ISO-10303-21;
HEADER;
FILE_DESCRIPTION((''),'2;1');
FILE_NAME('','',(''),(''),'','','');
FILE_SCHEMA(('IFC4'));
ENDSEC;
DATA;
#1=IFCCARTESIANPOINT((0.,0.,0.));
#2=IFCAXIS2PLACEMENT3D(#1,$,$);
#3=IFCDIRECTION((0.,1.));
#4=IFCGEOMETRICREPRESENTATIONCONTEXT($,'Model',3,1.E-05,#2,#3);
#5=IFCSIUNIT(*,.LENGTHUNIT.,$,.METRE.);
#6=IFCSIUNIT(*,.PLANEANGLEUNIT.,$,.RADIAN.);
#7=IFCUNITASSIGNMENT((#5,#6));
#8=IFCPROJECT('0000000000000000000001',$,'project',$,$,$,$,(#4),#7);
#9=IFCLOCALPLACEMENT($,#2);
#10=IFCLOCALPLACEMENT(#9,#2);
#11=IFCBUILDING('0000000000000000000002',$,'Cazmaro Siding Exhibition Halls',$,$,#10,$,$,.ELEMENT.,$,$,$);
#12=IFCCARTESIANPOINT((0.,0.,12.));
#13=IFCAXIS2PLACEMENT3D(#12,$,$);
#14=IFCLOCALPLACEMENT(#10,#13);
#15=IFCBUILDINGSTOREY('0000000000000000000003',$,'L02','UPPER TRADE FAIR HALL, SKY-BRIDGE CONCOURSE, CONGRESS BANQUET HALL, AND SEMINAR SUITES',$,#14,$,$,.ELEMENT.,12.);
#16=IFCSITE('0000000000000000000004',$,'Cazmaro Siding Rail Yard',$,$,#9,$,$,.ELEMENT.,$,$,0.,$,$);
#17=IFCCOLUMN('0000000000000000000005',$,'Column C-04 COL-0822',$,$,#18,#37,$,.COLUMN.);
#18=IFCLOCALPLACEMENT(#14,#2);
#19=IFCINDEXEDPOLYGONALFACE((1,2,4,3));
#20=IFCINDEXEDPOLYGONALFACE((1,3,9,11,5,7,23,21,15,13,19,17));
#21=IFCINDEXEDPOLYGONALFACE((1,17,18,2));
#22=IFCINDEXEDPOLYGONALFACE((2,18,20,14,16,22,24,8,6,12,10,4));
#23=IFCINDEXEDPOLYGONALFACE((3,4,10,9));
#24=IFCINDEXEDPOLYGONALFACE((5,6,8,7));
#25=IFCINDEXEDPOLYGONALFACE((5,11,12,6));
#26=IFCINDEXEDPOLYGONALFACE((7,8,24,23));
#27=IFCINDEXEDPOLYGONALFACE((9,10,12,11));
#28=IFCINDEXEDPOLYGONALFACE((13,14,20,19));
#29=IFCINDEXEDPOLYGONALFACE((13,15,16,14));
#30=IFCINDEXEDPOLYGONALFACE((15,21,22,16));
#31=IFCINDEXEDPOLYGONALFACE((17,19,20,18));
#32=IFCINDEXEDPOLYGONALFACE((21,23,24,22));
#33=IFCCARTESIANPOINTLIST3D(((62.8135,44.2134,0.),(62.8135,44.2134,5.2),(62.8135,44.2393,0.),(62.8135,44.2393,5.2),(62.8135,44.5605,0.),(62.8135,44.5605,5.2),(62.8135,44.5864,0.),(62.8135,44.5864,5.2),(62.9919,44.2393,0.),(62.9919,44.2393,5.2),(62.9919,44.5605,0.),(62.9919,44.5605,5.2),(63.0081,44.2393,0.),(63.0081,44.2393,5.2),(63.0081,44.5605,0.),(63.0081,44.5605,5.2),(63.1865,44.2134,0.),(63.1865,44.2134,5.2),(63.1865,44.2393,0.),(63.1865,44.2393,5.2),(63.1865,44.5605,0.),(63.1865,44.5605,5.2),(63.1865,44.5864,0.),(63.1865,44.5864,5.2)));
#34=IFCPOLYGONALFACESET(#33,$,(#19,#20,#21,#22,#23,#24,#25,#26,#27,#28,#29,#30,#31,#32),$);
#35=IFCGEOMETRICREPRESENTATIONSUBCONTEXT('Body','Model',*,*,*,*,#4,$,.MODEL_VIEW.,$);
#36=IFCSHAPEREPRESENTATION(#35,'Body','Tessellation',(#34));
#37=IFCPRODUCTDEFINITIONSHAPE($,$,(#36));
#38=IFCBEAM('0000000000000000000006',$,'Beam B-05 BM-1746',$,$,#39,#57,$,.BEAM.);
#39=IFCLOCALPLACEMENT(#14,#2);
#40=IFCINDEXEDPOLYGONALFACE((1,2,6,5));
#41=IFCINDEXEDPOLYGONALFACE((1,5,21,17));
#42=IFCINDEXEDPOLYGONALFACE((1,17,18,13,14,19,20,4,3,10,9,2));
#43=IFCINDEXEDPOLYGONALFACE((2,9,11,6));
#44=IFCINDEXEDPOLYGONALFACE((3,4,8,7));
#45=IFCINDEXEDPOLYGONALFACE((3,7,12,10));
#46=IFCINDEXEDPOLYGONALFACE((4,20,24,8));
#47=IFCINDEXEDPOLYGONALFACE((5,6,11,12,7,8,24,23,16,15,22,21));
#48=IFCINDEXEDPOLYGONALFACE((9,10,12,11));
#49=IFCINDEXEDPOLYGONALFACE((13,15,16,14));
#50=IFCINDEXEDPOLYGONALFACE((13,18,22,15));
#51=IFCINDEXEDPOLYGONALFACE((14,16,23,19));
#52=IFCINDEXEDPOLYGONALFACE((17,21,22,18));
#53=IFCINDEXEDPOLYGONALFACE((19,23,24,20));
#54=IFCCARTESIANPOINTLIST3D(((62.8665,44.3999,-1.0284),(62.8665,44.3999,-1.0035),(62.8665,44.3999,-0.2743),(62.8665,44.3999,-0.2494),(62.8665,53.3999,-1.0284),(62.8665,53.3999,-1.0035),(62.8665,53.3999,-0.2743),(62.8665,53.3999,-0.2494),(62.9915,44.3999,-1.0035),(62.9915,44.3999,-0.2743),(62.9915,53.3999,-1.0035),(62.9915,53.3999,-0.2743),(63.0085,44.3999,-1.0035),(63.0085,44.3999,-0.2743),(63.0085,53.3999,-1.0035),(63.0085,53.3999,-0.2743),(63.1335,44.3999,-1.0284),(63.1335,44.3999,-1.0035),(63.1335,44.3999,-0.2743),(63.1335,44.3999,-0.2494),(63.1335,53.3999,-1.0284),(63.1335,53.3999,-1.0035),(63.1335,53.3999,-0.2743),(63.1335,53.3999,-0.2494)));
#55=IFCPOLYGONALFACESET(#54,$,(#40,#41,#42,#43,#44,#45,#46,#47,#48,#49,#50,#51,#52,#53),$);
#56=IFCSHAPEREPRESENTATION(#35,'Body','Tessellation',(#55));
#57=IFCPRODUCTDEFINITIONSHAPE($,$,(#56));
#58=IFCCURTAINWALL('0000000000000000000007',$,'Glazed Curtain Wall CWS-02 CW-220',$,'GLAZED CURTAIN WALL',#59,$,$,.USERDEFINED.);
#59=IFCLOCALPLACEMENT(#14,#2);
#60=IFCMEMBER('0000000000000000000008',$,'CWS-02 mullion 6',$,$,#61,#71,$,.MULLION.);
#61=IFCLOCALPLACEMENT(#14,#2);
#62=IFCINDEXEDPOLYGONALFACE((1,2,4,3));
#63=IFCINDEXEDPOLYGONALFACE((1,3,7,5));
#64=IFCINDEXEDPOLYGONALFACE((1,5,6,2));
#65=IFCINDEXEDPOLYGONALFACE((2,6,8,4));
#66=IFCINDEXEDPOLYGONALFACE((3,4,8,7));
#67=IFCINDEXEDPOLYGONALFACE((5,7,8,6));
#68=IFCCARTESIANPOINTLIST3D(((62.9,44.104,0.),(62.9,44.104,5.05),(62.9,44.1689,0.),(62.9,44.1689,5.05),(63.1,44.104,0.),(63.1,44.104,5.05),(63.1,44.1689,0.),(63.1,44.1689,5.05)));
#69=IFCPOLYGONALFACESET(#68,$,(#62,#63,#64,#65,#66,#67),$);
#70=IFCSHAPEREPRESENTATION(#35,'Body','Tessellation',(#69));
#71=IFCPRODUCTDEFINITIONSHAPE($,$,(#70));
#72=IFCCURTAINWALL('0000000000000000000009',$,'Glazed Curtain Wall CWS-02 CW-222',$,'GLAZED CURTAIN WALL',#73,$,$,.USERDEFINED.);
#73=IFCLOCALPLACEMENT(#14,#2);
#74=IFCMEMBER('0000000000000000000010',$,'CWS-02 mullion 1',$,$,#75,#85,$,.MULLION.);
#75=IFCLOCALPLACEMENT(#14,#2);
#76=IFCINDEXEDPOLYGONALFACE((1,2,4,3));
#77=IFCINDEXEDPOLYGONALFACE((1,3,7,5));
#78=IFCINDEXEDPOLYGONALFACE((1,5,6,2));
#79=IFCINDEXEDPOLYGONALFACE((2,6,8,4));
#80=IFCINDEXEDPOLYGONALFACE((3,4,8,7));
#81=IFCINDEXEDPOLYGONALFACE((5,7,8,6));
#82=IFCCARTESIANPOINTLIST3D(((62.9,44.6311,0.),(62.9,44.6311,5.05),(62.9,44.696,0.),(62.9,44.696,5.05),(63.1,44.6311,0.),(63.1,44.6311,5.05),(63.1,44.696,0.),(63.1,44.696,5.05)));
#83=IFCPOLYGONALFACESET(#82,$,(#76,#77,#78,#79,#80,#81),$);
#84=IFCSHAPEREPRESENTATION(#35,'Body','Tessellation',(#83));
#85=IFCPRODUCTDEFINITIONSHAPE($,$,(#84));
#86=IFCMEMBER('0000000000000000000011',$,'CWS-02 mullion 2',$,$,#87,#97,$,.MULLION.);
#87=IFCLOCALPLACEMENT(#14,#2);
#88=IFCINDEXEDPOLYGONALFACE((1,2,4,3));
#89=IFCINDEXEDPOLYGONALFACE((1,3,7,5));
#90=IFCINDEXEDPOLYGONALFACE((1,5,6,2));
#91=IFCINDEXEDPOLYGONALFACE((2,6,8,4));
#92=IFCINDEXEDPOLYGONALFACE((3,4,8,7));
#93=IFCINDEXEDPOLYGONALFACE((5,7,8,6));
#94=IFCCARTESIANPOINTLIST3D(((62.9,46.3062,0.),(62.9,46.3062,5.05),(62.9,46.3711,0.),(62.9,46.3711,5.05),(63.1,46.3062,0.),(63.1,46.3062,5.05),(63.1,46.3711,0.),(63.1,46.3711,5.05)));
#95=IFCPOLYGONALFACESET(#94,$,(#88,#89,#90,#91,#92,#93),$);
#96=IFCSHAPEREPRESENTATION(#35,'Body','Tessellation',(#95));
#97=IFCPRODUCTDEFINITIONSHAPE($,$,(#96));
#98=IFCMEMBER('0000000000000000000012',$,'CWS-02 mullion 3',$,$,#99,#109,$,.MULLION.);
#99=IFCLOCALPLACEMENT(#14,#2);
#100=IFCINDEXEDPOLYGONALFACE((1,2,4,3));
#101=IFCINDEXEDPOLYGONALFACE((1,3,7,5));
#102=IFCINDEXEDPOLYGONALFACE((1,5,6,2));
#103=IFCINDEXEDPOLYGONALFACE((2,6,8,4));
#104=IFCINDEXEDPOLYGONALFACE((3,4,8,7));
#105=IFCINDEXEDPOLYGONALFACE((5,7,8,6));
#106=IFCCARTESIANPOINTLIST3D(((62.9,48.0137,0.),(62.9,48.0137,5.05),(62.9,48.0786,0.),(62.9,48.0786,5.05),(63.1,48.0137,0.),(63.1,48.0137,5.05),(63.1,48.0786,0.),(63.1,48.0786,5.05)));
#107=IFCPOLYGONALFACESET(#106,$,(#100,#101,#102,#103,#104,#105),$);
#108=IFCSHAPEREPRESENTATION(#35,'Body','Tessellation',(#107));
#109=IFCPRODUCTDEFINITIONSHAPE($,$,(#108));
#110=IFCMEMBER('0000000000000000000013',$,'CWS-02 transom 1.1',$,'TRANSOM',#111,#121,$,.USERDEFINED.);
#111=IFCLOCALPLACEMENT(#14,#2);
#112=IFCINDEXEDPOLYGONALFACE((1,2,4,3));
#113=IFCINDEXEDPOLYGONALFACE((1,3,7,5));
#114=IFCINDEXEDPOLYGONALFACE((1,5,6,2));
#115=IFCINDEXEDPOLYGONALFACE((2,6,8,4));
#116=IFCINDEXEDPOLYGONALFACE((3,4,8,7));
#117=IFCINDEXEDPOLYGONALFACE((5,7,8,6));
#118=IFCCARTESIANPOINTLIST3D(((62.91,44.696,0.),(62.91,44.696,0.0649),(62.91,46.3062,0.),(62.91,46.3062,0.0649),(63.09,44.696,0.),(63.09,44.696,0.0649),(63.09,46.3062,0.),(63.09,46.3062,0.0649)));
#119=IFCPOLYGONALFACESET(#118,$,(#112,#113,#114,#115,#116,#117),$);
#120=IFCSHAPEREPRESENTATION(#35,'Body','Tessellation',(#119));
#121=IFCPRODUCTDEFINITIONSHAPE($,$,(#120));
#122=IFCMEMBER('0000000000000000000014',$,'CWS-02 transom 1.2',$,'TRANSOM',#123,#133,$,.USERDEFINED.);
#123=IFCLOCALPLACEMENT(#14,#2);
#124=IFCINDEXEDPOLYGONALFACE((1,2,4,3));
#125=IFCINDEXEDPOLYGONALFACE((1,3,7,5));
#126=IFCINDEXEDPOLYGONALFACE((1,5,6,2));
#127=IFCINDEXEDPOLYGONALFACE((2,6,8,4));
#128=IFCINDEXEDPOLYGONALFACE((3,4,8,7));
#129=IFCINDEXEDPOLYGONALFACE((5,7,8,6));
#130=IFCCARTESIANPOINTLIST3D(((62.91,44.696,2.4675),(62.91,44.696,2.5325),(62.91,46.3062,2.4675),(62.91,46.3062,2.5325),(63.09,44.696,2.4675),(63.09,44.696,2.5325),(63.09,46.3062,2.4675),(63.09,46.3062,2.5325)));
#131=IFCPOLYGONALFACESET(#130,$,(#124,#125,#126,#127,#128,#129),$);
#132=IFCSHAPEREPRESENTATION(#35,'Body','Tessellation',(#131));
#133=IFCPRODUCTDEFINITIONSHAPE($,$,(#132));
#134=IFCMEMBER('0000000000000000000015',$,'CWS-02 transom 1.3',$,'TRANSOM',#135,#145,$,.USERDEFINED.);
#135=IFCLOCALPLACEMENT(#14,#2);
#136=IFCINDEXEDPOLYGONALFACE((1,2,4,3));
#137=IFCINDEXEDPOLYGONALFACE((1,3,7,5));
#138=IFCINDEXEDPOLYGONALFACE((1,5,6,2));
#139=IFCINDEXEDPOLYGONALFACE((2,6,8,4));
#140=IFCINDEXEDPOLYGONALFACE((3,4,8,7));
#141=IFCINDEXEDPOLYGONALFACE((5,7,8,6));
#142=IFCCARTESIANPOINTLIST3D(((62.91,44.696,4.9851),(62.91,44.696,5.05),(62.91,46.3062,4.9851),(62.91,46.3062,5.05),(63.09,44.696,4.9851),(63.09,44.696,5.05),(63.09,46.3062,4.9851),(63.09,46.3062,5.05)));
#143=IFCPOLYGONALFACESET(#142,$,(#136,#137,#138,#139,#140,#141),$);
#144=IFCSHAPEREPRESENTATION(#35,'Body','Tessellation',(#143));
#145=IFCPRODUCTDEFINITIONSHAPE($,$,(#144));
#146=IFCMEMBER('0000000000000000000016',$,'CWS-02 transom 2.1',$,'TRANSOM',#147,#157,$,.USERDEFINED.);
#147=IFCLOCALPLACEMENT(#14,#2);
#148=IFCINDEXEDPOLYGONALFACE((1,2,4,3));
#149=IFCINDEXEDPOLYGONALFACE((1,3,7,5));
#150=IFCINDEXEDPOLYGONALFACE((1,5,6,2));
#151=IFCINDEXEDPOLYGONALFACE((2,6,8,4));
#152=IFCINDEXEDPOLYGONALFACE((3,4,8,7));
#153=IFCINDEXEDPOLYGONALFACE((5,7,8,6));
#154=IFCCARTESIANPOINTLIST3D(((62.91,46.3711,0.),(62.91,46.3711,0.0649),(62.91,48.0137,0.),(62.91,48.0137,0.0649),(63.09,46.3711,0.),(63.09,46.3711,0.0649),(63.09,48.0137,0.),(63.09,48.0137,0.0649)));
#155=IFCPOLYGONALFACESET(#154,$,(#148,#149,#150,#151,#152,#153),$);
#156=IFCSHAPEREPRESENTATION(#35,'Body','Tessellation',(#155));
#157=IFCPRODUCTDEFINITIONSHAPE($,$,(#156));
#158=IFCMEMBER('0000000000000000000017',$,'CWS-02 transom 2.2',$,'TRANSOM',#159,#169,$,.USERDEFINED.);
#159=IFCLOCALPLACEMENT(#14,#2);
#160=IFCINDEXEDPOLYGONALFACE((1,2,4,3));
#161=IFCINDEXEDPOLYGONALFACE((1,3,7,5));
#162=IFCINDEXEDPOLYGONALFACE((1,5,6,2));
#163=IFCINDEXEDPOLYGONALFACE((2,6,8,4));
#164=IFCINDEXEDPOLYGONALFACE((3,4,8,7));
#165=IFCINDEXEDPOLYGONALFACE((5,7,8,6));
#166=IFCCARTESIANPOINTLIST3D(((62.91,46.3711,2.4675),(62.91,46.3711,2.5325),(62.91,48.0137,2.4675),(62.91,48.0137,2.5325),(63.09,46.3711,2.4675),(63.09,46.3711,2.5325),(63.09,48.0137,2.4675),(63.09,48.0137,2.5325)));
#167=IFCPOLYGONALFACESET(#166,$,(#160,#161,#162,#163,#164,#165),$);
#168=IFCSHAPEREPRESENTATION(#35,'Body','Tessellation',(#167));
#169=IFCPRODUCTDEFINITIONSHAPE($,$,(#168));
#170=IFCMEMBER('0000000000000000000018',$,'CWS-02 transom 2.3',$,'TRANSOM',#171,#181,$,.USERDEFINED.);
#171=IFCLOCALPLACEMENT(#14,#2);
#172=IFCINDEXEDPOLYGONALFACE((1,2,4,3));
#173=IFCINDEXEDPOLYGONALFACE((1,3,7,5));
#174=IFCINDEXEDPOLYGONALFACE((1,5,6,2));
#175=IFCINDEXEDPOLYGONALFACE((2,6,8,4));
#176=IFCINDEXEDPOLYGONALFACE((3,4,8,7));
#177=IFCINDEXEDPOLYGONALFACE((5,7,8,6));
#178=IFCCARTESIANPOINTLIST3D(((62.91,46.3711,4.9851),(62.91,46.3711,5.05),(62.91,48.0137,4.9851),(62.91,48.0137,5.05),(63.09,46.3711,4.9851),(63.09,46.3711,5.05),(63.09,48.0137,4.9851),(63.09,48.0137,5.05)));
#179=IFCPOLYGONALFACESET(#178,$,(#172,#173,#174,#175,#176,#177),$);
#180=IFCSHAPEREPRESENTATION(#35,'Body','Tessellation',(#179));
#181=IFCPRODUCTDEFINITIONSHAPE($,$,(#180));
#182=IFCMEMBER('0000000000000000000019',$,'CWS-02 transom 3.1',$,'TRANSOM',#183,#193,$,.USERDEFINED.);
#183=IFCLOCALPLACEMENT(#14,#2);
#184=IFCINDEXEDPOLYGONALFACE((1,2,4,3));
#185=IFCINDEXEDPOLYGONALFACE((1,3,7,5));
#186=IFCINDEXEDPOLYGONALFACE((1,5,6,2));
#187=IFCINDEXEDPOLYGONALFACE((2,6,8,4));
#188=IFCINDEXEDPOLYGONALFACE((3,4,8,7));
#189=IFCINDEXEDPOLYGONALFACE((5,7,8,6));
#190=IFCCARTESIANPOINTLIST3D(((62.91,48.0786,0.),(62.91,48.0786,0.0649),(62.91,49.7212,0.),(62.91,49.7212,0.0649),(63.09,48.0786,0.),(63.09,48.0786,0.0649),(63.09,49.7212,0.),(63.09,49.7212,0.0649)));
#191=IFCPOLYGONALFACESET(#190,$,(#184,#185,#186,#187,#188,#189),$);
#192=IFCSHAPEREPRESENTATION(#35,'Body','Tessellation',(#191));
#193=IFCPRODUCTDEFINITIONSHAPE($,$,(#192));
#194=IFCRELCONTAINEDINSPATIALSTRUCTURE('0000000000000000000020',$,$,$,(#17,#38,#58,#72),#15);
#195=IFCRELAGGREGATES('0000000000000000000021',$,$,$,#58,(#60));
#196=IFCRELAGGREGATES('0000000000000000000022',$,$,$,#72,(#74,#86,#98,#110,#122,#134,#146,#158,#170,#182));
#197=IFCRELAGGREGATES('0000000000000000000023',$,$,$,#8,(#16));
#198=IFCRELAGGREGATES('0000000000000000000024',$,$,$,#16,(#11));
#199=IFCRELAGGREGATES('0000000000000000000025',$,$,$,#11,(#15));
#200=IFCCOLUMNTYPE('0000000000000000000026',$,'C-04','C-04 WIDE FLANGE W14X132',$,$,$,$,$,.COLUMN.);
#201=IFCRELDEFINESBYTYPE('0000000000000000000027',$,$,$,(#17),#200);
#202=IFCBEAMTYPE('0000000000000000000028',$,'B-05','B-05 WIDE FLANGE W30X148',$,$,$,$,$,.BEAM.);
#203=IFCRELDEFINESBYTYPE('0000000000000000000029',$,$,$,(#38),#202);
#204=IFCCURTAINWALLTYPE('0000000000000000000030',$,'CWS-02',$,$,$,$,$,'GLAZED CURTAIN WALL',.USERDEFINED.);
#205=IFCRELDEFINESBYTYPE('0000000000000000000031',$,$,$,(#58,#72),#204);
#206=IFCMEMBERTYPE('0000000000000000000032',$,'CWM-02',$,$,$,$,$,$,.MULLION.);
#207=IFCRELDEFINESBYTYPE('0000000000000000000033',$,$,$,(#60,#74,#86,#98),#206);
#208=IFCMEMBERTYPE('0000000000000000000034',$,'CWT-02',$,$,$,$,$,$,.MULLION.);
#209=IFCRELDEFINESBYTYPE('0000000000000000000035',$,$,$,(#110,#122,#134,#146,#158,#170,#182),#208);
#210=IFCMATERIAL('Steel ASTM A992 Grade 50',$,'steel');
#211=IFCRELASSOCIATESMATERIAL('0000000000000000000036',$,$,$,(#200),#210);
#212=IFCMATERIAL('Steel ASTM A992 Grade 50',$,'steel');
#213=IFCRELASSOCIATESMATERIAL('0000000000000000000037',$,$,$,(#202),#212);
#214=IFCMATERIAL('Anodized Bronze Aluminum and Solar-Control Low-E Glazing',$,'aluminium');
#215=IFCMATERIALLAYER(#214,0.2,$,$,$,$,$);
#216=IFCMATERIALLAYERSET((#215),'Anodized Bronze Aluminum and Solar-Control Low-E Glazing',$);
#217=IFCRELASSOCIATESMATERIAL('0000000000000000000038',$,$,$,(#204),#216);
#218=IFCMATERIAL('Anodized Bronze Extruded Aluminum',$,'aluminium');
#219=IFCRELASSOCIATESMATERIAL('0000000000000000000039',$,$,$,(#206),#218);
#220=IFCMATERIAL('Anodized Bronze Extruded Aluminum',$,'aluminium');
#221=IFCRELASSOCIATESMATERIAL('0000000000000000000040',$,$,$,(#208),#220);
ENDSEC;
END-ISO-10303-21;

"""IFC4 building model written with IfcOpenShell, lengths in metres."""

from ifc_helpers import new_model, si_unit, direction, frame, origin, origin_2d, place, context, subcontext, project, spatial, rectangle, i_section, extrude, material, layer, layer_set, material_profile, profile_set, type_object, element, aggregate, save


model = new_model("IFC4")

# Units and contexts
model_context = context("Model", 3, precision=1e-05, world=origin(), true_north=direction((0.0, 1.0)))
body_context = subcontext(model_context, "Body", "Model", "MODEL_VIEW")
ifc_project = project(units=[si_unit("LENGTHUNIT", "METRE"), si_unit("PLANEANGLEUNIT", "RADIAN")], contexts=[model_context])

# Site, building, storey
site_placement = place(None, origin())
site = spatial("IfcSite", under=ifc_project, at=site_placement, Name="Cazmaro Siding Rail Yard", CompositionType="ELEMENT", RefElevation=0.0)
building_placement = place(site_placement, origin())
building = spatial("IfcBuilding", under=site, at=building_placement, Name="Cazmaro Siding Exhibition Halls", CompositionType="ELEMENT")
storey_placement = place(building_placement, frame((0.0, 0.0, 12.0)))
storey = spatial("IfcBuildingStorey", under=building, at=storey_placement, Name="L02", Description="UPPER TRADE FAIR HALL, SKY-BRIDGE CONCOURSE, CONGRESS BANQUET HALL, AND SEMINAR SUITES", CompositionType="ELEMENT", Elevation=12.0)

# Column
ifc_material_1 = material(Name="Steel ASTM A992 Grade 50", Category="steel")
ifc_material_profile_1 = material_profile(ifc_material_1, i_section(OverallWidth=0.373, OverallDepth=0.373, WebThickness=0.0161, FlangeThickness=0.0259, at=origin_2d()), Name="W14X132")
ifc_profile_set_1 = profile_set([ifc_material_profile_1], Name="Steel ASTM A992 Grade 50")
column_type = type_object("IfcColumnType", Name="C-04", Description="C-04 WIDE FLANGE W14X132", PredefinedType="COLUMN", material=ifc_profile_set_1)
column_placement = place(storey_placement, frame((63.0, 44.3999, 0.0), z_axis=(0.0, 0.0, 1.0), x_axis=(1.0, 0.0, 0.0)))
element("IfcColumn", 1, at=column_placement, inside=storey, type_object=column_type, Name="Column C-04 COL-0822", PredefinedType="COLUMN", context=body_context, shape_type="SweptSolid", body=[
    extrude(i_section(OverallWidth=0.373, OverallDepth=0.373, WebThickness=0.0161, FlangeThickness=0.0259, at=origin_2d()), origin(), (0.0, 0.0, 1.0), 5.2),
])

# Beam
ifc_material_2 = material(Name="Steel ASTM A992 Grade 50", Category="steel")
ifc_material_profile_2 = material_profile(ifc_material_2, i_section(OverallWidth=0.2671, OverallDepth=0.7791, WebThickness=0.0171, FlangeThickness=0.0249, at=origin_2d()), Name="W30X148")
ifc_profile_set_2 = profile_set([ifc_material_profile_2], Name="Steel ASTM A992 Grade 50")
beam_type = type_object("IfcBeamType", Name="B-05", Description="B-05 WIDE FLANGE W30X148", PredefinedType="BEAM", material=ifc_profile_set_2)
beam_placement = place(storey_placement, frame((63.0, 44.3999, -0.6389), z_axis=(0.0, 1.0, 0.0), x_axis=(-1.0, 0.0, 0.0)))
element("IfcBeam", 2, at=beam_placement, inside=storey, type_object=beam_type, Name="Beam B-05 BM-1746", PredefinedType="BEAM", context=body_context, shape_type="SweptSolid", body=[
    extrude(i_section(OverallWidth=0.2671, OverallDepth=0.7791, WebThickness=0.0171, FlangeThickness=0.0249, at=origin_2d()), origin(), (0.0, 0.0, 1.0), 9.0),
])

# Curtain wall, member
ifc_material_3 = material(Name="Anodized Bronze Aluminum and Solar-Control Low-E Glazing", Category="aluminium")
ifc_layer_1 = layer(ifc_material_3, 0.2)
ifc_layer_set_1 = layer_set([ifc_layer_1], Name="Anodized Bronze Aluminum and Solar-Control Low-E Glazing")
curtain_wall_type = type_object("IfcCurtainWallType", Name="CWS-02", ElementType="GLAZED CURTAIN WALL", PredefinedType="USERDEFINED", material=ifc_layer_set_1)
curtain_wall_1_placement = place(storey_placement, origin())
curtain_wall_1 = element("IfcCurtainWall", 3, at=curtain_wall_1_placement, inside=storey, type_object=curtain_wall_type, Name="Glazed Curtain Wall CWS-02 CW-220", ObjectType="GLAZED CURTAIN WALL", PredefinedType="USERDEFINED")
ifc_material_4 = material(Name="Anodized Bronze Extruded Aluminum", Category="aluminium")
ifc_material_profile_3 = material_profile(ifc_material_4, rectangle(XDim=0.2, YDim=0.0649, at=origin_2d()), Name="CWM-02")
ifc_profile_set_3 = profile_set([ifc_material_profile_3], Name="Anodized Bronze Extruded Aluminum")
member_type_1 = type_object("IfcMemberType", Name="CWM-02", PredefinedType="MULLION", material=ifc_profile_set_3)
member_1_placement = place(storey_placement, frame((63.0, 44.1365, 0.0), z_axis=(0.0, 0.0, 1.0), x_axis=(-1.0, 0.0, 0.0)))
member_1 = element("IfcMember", 4, at=member_1_placement, type_object=member_type_1, Name="CWS-02 mullion 6", PredefinedType="MULLION", context=body_context, shape_type="SweptSolid", body=[
    extrude(rectangle(XDim=0.2, YDim=0.0649, at=origin_2d()), origin(), (0.0, 0.0, 1.0), 5.05),
])

# Curtain wall, members
curtain_wall_2_placement = place(storey_placement, origin())
curtain_wall_2 = element("IfcCurtainWall", 5, at=curtain_wall_2_placement, inside=storey, type_object=curtain_wall_type, Name="Glazed Curtain Wall CWS-02 CW-222", ObjectType="GLAZED CURTAIN WALL", PredefinedType="USERDEFINED")
member_2_placement = place(storey_placement, frame((63.0, 44.6636, 0.0), z_axis=(0.0, 0.0, 1.0), x_axis=(-1.0, 0.0, 0.0)))
member_2 = element("IfcMember", 6, at=member_2_placement, type_object=member_type_1, Name="CWS-02 mullion 1", PredefinedType="MULLION", context=body_context, shape_type="SweptSolid", body=[
    extrude(rectangle(XDim=0.2, YDim=0.0649, at=origin_2d()), origin(), (0.0, 0.0, 1.0), 5.05),
])
member_3_placement = place(storey_placement, frame((63.0, 46.3386, 0.0), z_axis=(0.0, 0.0, 1.0), x_axis=(-1.0, 0.0, 0.0)))
member_3 = element("IfcMember", 7, at=member_3_placement, type_object=member_type_1, Name="CWS-02 mullion 2", PredefinedType="MULLION", context=body_context, shape_type="SweptSolid", body=[
    extrude(rectangle(XDim=0.2, YDim=0.0649, at=origin_2d()), origin(), (0.0, 0.0, 1.0), 5.05),
])
member_4_placement = place(storey_placement, frame((63.0, 48.0461, 0.0), z_axis=(0.0, 0.0, 1.0), x_axis=(-1.0, 0.0, 0.0)))
member_4 = element("IfcMember", 8, at=member_4_placement, type_object=member_type_1, Name="CWS-02 mullion 3", PredefinedType="MULLION", context=body_context, shape_type="SweptSolid", body=[
    extrude(rectangle(XDim=0.2, YDim=0.0649, at=origin_2d()), origin(), (0.0, 0.0, 1.0), 5.05),
])
ifc_material_5 = material(Name="Anodized Bronze Extruded Aluminum", Category="aluminium")
ifc_material_profile_4 = material_profile(ifc_material_5, rectangle(XDim=0.1799, YDim=0.0649, at=origin_2d()), Name="CWT-02")
ifc_profile_set_4 = profile_set([ifc_material_profile_4], Name="Anodized Bronze Extruded Aluminum")
member_type_2 = type_object("IfcMemberType", Name="CWT-02", PredefinedType="MULLION", material=ifc_profile_set_4)
member_5_placement = place(storey_placement, frame((63.0, 44.696, 0.0325), z_axis=(0.0, 1.0, 0.0), x_axis=(-1.0, 0.0, 0.0)))
member_5 = element("IfcMember", 9, at=member_5_placement, type_object=member_type_2, Name="CWS-02 transom 1.1", ObjectType="TRANSOM", PredefinedType="USERDEFINED", context=body_context, shape_type="SweptSolid", body=[
    extrude(rectangle(XDim=0.1799, YDim=0.0649, at=origin_2d()), origin(), (0.0, 0.0, 1.0), 1.6101),
])
member_6_placement = place(storey_placement, frame((63.0, 44.696, 2.5), z_axis=(0.0, 1.0, 0.0), x_axis=(-1.0, 0.0, 0.0)))
member_6 = element("IfcMember", 10, at=member_6_placement, type_object=member_type_2, Name="CWS-02 transom 1.2", ObjectType="TRANSOM", PredefinedType="USERDEFINED", context=body_context, shape_type="SweptSolid", body=[
    extrude(rectangle(XDim=0.1799, YDim=0.0649, at=origin_2d()), origin(), (0.0, 0.0, 1.0), 1.6101),
])
member_7_placement = place(storey_placement, frame((63.0, 44.696, 5.0176), z_axis=(0.0, 1.0, 0.0), x_axis=(-1.0, 0.0, 0.0)))
member_7 = element("IfcMember", 11, at=member_7_placement, type_object=member_type_2, Name="CWS-02 transom 1.3", ObjectType="TRANSOM", PredefinedType="USERDEFINED", context=body_context, shape_type="SweptSolid", body=[
    extrude(rectangle(XDim=0.1799, YDim=0.0649, at=origin_2d()), origin(), (0.0, 0.0, 1.0), 1.6101),
])
member_8_placement = place(storey_placement, frame((63.0, 46.3711, 0.0325), z_axis=(0.0, 1.0, 0.0), x_axis=(-1.0, 0.0, 0.0)))
member_8 = element("IfcMember", 12, at=member_8_placement, type_object=member_type_2, Name="CWS-02 transom 2.1", ObjectType="TRANSOM", PredefinedType="USERDEFINED", context=body_context, shape_type="SweptSolid", body=[
    extrude(rectangle(XDim=0.1799, YDim=0.0649, at=origin_2d()), origin(), (0.0, 0.0, 1.0), 1.6426),
])
member_9_placement = place(storey_placement, frame((63.0, 46.3711, 2.5), z_axis=(0.0, 1.0, 0.0), x_axis=(-1.0, 0.0, 0.0)))
member_9 = element("IfcMember", 13, at=member_9_placement, type_object=member_type_2, Name="CWS-02 transom 2.2", ObjectType="TRANSOM", PredefinedType="USERDEFINED", context=body_context, shape_type="SweptSolid", body=[
    extrude(rectangle(XDim=0.1799, YDim=0.0649, at=origin_2d()), origin(), (0.0, 0.0, 1.0), 1.6426),
])
member_10_placement = place(storey_placement, frame((63.0, 46.3711, 5.0176), z_axis=(0.0, 1.0, 0.0), x_axis=(-1.0, 0.0, 0.0)))
member_10 = element("IfcMember", 14, at=member_10_placement, type_object=member_type_2, Name="CWS-02 transom 2.3", ObjectType="TRANSOM", PredefinedType="USERDEFINED", context=body_context, shape_type="SweptSolid", body=[
    extrude(rectangle(XDim=0.1799, YDim=0.0649, at=origin_2d()), origin(), (0.0, 0.0, 1.0), 1.6426),
])
member_11_placement = place(storey_placement, frame((63.0, 48.0786, 0.0325), z_axis=(0.0, 1.0, 0.0), x_axis=(-1.0, 0.0, 0.0)))
member_11 = element("IfcMember", 15, at=member_11_placement, type_object=member_type_2, Name="CWS-02 transom 3.1", ObjectType="TRANSOM", PredefinedType="USERDEFINED", context=body_context, shape_type="SweptSolid", body=[
    extrude(rectangle(XDim=0.1799, YDim=0.0649, at=origin_2d()), origin(), (0.0, 0.0, 1.0), 1.6426),
])

aggregate(curtain_wall_1, [member_1])
aggregate(curtain_wall_2, [member_2, member_3, member_4, member_5, member_6, member_7, member_8, member_9, member_10, member_11])

save(model, "model.ifc")
